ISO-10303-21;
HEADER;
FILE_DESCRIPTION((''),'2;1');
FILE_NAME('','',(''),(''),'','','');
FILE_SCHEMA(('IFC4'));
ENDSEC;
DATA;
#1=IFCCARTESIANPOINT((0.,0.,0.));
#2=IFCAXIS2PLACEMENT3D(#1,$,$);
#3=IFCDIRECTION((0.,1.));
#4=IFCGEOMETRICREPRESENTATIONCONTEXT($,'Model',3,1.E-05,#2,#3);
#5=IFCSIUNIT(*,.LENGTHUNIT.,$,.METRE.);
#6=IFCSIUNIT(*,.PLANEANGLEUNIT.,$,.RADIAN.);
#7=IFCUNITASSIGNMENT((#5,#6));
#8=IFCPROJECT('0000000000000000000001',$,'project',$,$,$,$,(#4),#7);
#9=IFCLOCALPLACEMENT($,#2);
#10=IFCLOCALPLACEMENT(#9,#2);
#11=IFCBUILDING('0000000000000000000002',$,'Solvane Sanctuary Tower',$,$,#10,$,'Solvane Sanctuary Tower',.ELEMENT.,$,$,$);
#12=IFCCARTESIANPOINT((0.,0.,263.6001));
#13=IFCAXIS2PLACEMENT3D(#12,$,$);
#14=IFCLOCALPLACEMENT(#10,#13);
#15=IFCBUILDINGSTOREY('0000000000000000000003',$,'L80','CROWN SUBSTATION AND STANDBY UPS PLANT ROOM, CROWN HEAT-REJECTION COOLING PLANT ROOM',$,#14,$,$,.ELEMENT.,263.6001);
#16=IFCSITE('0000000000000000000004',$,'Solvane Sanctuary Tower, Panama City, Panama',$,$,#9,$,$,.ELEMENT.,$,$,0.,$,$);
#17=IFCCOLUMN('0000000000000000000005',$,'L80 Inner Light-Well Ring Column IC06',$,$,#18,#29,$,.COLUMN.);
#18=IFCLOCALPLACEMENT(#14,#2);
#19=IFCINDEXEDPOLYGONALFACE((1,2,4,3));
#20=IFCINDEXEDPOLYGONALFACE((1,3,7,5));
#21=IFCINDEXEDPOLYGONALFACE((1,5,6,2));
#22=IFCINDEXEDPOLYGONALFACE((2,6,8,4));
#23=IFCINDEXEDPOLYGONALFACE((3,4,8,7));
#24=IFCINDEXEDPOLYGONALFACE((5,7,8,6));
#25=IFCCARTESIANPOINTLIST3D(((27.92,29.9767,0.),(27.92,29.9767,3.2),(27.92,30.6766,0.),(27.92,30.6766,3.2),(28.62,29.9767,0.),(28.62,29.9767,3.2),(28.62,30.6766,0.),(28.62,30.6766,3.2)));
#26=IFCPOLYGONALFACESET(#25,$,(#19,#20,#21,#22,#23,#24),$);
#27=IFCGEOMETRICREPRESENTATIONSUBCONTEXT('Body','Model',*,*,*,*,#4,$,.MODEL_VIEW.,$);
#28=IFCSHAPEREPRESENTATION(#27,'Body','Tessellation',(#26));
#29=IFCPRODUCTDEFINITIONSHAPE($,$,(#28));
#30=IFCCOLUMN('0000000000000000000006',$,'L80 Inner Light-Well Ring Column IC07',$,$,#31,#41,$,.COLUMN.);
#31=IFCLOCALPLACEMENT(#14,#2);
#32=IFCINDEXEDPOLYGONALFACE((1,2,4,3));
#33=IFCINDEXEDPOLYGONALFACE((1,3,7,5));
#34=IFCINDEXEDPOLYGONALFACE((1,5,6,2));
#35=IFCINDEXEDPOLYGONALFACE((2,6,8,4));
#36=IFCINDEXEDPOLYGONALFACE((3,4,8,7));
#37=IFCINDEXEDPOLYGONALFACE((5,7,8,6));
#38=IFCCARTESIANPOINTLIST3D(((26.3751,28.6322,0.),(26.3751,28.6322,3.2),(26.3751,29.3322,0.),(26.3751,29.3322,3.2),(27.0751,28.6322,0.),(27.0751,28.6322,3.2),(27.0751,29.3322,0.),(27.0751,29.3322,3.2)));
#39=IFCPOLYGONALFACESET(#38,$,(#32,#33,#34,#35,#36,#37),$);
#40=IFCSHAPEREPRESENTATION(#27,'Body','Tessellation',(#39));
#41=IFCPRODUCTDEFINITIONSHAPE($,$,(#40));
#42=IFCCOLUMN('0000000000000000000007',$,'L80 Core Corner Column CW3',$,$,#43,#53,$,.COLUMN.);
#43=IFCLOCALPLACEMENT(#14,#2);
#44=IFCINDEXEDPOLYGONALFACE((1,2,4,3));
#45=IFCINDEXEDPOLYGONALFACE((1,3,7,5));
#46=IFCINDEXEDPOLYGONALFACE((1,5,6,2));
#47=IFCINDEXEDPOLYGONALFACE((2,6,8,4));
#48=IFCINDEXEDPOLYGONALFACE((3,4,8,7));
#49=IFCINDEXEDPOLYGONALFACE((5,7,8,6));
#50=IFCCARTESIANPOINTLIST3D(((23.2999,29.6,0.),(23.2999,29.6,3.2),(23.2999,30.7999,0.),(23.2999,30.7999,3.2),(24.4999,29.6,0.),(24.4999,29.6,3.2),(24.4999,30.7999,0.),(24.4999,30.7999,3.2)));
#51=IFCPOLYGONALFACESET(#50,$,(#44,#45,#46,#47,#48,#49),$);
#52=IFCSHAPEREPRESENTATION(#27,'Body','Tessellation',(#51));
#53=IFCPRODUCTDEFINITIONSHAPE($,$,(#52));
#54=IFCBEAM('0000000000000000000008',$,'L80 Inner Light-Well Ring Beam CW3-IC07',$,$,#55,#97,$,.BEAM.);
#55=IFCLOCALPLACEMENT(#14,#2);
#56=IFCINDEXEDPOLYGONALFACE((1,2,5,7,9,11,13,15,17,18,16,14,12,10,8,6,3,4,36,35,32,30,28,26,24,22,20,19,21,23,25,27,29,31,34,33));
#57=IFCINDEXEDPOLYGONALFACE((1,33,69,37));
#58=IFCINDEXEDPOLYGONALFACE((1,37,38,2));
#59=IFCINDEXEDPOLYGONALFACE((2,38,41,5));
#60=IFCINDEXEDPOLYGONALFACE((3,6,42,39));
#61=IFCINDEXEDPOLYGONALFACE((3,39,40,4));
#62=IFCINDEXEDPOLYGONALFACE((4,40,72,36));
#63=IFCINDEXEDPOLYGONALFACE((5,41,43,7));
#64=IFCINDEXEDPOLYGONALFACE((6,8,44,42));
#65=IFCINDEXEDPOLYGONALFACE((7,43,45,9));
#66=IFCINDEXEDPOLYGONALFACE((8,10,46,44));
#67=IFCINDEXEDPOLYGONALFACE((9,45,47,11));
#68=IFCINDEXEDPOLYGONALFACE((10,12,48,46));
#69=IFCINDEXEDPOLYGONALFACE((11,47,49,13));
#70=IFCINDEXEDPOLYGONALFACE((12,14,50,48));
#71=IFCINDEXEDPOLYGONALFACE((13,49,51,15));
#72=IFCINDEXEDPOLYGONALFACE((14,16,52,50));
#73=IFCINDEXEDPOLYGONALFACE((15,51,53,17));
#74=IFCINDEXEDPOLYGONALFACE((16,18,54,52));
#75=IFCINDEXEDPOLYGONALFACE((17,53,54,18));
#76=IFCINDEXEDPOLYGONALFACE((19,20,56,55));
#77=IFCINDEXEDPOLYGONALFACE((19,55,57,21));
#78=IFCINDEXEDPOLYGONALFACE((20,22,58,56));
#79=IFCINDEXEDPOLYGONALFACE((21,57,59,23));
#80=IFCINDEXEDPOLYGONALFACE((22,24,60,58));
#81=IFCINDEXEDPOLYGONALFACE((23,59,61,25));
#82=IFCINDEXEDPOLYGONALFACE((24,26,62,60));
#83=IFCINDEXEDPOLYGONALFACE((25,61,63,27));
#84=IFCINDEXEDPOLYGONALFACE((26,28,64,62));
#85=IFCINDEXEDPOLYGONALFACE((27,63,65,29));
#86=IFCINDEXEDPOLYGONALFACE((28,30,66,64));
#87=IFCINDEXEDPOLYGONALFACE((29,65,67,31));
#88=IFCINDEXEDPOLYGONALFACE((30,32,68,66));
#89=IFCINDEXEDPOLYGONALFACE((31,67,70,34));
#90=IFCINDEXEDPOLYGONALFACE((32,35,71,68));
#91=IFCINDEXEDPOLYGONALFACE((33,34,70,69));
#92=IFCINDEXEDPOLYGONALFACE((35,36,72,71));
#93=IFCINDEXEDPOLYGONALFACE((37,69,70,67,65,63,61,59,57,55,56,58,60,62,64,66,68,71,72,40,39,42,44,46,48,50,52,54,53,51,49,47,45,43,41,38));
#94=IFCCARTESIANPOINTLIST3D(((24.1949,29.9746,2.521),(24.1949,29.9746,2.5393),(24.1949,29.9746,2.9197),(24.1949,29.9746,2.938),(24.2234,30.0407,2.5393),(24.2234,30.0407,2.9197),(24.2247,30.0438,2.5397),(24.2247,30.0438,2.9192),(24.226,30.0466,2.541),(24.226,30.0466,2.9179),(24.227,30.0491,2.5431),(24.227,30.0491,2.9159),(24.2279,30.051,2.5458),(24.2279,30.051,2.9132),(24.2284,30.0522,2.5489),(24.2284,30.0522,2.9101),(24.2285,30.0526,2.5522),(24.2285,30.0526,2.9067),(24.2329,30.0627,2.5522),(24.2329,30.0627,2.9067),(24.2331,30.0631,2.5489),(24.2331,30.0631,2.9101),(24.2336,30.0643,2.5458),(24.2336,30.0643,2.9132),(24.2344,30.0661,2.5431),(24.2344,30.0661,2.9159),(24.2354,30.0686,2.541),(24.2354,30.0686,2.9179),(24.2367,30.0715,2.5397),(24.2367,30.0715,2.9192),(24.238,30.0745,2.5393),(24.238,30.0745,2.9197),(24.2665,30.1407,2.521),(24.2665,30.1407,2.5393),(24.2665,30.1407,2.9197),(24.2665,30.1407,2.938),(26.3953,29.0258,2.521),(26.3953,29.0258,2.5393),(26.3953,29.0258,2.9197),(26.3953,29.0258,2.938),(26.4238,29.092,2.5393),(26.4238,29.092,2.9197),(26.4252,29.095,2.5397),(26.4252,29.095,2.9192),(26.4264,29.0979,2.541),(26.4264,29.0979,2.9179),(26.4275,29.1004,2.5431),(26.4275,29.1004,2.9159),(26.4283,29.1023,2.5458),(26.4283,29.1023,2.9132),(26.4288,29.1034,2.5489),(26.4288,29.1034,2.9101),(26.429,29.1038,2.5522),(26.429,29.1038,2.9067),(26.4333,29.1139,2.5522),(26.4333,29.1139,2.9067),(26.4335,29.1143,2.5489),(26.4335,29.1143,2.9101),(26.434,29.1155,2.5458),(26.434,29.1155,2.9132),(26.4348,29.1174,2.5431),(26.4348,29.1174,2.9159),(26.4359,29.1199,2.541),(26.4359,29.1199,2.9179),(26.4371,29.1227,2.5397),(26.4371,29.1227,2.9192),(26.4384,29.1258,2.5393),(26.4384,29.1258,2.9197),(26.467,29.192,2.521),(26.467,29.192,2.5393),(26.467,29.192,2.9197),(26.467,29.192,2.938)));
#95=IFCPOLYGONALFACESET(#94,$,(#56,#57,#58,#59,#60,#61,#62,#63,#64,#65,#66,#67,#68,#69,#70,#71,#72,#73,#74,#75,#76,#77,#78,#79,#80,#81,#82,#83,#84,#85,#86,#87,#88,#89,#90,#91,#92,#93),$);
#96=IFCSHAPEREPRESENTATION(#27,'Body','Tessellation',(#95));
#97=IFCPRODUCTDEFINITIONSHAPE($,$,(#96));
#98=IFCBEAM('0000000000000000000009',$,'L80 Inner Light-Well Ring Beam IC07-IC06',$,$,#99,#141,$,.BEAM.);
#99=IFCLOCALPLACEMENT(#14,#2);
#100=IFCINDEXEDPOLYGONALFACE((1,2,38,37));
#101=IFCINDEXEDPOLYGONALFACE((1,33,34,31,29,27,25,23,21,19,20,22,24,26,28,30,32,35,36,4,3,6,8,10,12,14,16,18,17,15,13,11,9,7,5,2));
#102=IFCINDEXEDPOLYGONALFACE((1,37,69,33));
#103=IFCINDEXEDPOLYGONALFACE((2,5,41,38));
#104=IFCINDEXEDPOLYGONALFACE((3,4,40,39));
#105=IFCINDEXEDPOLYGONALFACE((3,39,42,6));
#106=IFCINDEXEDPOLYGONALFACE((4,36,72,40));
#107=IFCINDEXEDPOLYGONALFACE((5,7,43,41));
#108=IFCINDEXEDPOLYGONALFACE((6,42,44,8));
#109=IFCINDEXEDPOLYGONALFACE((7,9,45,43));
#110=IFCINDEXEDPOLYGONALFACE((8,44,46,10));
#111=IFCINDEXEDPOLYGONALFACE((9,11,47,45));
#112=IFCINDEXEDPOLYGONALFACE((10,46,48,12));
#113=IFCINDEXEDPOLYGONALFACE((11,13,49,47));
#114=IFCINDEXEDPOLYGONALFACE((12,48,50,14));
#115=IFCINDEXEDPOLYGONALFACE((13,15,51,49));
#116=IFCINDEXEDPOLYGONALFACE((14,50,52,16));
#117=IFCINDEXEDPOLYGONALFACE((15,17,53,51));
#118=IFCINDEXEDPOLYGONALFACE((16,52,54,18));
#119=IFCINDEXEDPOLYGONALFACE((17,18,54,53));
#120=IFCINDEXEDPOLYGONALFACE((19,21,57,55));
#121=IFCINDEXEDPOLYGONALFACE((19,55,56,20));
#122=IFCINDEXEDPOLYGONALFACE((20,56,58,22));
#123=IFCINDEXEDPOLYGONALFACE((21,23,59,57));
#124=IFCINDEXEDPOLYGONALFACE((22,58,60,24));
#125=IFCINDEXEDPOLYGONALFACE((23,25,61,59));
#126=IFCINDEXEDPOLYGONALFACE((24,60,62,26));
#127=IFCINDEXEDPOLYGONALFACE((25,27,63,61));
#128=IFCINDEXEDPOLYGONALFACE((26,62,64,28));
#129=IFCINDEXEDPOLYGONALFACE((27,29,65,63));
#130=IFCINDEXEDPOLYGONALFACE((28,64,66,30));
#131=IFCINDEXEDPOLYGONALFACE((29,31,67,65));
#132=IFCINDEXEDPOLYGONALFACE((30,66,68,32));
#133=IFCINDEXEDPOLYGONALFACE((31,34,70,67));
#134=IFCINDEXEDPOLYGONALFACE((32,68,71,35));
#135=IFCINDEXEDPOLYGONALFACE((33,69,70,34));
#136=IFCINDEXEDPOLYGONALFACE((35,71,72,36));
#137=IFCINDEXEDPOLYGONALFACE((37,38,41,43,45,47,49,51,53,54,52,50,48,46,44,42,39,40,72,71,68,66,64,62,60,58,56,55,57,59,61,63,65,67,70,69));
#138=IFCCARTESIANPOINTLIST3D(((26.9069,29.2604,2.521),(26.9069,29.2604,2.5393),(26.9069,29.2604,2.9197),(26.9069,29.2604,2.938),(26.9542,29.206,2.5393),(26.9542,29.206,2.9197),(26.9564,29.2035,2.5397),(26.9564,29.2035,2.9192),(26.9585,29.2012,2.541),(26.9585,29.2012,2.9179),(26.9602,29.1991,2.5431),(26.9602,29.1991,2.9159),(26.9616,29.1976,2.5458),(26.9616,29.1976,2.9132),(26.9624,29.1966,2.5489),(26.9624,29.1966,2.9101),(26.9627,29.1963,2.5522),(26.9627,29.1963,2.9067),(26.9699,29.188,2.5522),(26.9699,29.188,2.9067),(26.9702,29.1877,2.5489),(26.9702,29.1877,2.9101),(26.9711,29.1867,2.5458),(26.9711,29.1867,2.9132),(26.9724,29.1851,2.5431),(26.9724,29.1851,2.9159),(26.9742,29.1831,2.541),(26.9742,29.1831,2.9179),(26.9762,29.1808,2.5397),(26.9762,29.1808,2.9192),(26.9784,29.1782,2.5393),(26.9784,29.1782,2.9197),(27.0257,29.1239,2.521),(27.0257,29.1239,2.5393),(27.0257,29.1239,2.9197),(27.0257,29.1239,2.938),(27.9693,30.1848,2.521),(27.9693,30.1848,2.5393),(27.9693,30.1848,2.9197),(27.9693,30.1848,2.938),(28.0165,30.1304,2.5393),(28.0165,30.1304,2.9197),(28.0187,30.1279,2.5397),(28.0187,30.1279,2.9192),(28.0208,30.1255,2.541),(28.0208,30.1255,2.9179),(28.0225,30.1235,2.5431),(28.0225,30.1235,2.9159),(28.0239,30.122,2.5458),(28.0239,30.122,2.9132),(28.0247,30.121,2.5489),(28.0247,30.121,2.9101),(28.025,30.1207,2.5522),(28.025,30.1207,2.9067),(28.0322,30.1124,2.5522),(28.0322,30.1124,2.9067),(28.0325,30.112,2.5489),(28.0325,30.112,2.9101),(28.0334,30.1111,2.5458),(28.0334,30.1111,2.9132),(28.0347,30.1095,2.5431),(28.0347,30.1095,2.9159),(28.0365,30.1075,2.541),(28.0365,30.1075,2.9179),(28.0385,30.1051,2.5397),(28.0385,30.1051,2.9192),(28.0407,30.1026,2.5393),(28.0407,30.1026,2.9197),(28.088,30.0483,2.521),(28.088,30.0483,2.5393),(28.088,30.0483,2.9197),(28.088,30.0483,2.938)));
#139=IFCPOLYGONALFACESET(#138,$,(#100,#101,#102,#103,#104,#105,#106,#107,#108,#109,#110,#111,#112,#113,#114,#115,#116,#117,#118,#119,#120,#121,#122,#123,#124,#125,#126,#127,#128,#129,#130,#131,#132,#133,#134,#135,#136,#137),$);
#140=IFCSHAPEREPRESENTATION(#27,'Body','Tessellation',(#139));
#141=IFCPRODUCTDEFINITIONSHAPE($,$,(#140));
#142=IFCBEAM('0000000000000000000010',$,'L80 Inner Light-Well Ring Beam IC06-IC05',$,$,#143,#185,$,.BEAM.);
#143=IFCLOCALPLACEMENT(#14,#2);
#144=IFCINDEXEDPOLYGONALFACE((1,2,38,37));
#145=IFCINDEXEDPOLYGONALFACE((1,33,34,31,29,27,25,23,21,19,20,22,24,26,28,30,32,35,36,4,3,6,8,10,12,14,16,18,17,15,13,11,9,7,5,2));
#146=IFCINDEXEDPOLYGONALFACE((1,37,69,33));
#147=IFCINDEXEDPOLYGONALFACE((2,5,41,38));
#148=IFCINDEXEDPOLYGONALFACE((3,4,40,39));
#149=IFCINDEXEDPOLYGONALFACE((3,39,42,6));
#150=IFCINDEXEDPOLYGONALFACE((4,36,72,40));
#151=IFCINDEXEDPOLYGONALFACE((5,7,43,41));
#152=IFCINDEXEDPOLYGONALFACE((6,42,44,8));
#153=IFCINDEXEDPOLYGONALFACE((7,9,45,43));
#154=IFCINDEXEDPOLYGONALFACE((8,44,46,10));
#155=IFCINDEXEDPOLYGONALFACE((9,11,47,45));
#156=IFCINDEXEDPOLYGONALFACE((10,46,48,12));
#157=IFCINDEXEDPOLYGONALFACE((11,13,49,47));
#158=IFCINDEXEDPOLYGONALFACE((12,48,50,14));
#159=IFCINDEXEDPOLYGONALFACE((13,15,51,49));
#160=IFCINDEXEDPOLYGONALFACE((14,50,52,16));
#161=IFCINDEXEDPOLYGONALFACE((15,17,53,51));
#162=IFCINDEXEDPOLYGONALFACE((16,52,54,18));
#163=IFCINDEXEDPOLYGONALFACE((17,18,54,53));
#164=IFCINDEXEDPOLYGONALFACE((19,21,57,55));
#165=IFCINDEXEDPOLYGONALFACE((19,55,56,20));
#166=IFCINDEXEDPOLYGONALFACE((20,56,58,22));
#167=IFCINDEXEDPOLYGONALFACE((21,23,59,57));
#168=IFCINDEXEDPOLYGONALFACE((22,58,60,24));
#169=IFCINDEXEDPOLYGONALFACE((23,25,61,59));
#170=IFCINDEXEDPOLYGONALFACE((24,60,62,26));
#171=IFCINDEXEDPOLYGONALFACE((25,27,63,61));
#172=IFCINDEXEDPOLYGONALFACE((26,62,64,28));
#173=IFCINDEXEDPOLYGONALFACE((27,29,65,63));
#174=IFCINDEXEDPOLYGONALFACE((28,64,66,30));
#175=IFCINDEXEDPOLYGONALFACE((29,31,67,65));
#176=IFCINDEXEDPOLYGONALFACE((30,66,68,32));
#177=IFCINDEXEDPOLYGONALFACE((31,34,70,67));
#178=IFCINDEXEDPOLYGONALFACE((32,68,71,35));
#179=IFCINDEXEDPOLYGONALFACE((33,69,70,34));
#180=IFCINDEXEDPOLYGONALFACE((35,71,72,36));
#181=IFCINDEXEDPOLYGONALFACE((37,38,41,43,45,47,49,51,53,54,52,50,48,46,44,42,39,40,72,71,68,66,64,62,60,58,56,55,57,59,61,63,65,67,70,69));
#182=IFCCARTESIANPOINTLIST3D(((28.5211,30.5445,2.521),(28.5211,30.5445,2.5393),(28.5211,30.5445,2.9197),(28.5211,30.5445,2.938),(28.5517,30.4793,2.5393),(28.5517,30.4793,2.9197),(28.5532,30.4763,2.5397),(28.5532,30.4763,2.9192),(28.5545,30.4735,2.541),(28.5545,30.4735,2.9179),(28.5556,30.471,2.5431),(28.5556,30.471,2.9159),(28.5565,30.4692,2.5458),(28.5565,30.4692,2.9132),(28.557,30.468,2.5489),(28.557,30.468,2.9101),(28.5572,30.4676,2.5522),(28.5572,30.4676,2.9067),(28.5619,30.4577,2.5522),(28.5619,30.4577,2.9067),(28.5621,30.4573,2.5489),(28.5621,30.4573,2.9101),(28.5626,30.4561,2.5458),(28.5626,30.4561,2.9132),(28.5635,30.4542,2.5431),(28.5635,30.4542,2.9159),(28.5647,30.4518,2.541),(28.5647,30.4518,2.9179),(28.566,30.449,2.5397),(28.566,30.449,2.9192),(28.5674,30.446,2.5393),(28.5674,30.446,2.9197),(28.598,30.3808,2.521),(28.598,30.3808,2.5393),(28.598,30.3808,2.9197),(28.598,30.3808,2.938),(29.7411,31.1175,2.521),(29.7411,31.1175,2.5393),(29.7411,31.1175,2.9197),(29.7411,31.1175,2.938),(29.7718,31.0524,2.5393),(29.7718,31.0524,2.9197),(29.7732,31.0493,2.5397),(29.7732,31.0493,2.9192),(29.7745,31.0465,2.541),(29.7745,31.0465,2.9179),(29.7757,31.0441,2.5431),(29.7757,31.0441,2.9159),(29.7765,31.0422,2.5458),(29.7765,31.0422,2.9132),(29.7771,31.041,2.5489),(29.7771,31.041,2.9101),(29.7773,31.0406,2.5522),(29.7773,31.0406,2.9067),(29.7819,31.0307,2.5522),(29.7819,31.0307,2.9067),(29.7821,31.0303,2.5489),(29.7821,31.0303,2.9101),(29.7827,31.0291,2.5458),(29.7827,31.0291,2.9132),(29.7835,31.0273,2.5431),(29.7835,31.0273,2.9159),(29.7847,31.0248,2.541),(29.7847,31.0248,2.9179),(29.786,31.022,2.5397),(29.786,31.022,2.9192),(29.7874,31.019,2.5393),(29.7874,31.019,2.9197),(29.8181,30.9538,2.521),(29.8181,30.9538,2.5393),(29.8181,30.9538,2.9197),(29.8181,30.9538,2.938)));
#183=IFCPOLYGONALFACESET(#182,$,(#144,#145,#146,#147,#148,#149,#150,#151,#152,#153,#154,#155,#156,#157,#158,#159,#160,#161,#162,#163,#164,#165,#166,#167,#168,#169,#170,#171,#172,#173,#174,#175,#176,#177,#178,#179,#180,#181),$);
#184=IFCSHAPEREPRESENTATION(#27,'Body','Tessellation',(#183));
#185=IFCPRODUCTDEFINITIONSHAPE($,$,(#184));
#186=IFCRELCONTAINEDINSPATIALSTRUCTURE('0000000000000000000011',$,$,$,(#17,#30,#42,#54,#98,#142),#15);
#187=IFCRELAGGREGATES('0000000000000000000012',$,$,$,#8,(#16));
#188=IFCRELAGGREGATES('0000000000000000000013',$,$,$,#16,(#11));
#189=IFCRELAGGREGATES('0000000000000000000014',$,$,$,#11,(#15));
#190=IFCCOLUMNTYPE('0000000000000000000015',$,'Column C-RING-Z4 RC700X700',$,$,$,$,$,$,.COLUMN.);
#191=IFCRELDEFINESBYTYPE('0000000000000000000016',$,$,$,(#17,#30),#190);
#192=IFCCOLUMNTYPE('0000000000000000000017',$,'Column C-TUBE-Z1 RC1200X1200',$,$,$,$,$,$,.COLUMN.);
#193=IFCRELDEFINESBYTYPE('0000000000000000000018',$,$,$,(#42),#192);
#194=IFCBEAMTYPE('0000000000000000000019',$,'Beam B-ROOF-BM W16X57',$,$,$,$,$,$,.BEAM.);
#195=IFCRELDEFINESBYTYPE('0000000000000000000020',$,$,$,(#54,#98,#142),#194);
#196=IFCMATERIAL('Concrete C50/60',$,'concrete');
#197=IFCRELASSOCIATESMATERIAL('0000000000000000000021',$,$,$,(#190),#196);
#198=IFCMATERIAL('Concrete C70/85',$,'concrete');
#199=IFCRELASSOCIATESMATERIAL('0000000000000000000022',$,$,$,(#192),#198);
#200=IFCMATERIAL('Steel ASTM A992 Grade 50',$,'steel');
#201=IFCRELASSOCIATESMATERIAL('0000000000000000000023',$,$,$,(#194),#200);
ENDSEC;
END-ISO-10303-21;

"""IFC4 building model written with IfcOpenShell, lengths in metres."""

from ifc_helpers import new_model, si_unit, direction, frame, origin, origin_2d, place, context, subcontext, project, spatial, rectangle, i_section, extrude, material, material_profile, profile_set, type_object, element, save


model = new_model("IFC4")

# Units and contexts
model_context = context("Model", 3, precision=1e-05, world=origin(), true_north=direction((0.0, 1.0)))
body_context = subcontext(model_context, "Body", "Model", "MODEL_VIEW")
ifc_project = project(units=[si_unit("LENGTHUNIT", "METRE"), si_unit("PLANEANGLEUNIT", "RADIAN")], contexts=[model_context])

# Site, building, storey
site_placement = place(None, origin())
site = spatial("IfcSite", under=ifc_project, at=site_placement, Name="Solvane Sanctuary Tower, Panama City, Panama", CompositionType="ELEMENT", RefElevation=0.0)
building_placement = place(site_placement, origin())
building = spatial("IfcBuilding", under=site, at=building_placement, Name="Solvane Sanctuary Tower", LongName="Solvane Sanctuary Tower", CompositionType="ELEMENT")
storey_placement = place(building_placement, frame((0.0, 0.0, 263.6001)))
storey = spatial("IfcBuildingStorey", under=building, at=storey_placement, Name="L80", Description="CROWN SUBSTATION AND STANDBY UPS PLANT ROOM, CROWN HEAT-REJECTION COOLING PLANT ROOM", CompositionType="ELEMENT", Elevation=263.6001)

# Columns
ifc_material_1 = material(Name="Concrete C50/60", Category="concrete")
ifc_material_profile_1 = material_profile(ifc_material_1, rectangle(XDim=0.7, YDim=0.7, at=origin_2d()), Name="RC700X700")
ifc_profile_set_1 = profile_set([ifc_material_profile_1], Name="Concrete C50/60")
column_type_1 = type_object("IfcColumnType", Name="Column C-RING-Z4 RC700X700", PredefinedType="COLUMN", material=ifc_profile_set_1)
for number, where, z_axis, x_axis, name in (
    (1, (28.27, 30.3267, 0.0), (0.0, 0.0, 1.0), (1.0, 0.0, 0.0), "L80 Inner Light-Well Ring Column IC06"),
    (2, (26.7251, 28.9822, 0.0), (0.0, 0.0, 1.0), (1.0, 0.0, 0.0), "L80 Inner Light-Well Ring Column IC07"),
):
    element("IfcColumn", number, at=place(storey_placement, frame(where, z_axis=z_axis, x_axis=x_axis)), inside=storey, type_object=column_type_1, Name=name, PredefinedType="COLUMN", context=body_context, shape_type="SweptSolid", body=[
        extrude(rectangle(XDim=0.7, YDim=0.7, at=origin_2d()), origin(), (0.0, 0.0, 1.0), 3.2),
    ])
ifc_material_2 = material(Name="Concrete C70/85", Category="concrete")
ifc_material_profile_2 = material_profile(ifc_material_2, rectangle(XDim=1.2, YDim=1.2, at=origin_2d()), Name="RC1200X1200")
ifc_profile_set_2 = profile_set([ifc_material_profile_2], Name="Concrete C70/85")
column_type_2 = type_object("IfcColumnType", Name="Column C-TUBE-Z1 RC1200X1200", PredefinedType="COLUMN", material=ifc_profile_set_2)
column_placement = place(storey_placement, frame((23.8999, 30.2, 0.0), z_axis=(0.0, 0.0, 1.0), x_axis=(1.0, 0.0, 0.0)))
element("IfcColumn", 3, at=column_placement, inside=storey, type_object=column_type_2, Name="L80 Core Corner Column CW3", PredefinedType="COLUMN", context=body_context, shape_type="SweptSolid", body=[
    extrude(rectangle(XDim=1.2, YDim=1.2, at=origin_2d()), origin(), (0.0, 0.0, 1.0), 3.2),
])

# Beams
ifc_material_3 = material(Name="Steel ASTM A992 Grade 50", Category="steel")
ifc_material_profile_3 = material_profile(ifc_material_3, i_section(OverallWidth=0.1809, OverallDepth=0.417, WebThickness=0.011, FlangeThickness=0.0183, FilletRadius=0.0129, at=origin_2d()), Name="W16X57")
ifc_profile_set_3 = profile_set([ifc_material_profile_3], Name="Steel ASTM A992 Grade 50")
beam_type_1 = type_object("IfcBeamType", Name="Beam B-ROOF-BM W16X57", PredefinedType="BEAM", material=ifc_profile_set_3)
beam_1_placement = place(storey_placement, frame((24.2307, 30.0576, 2.7295), z_axis=(0.918284, -0.395923, 0.0), x_axis=(0.395923, 0.918284, 0.0)))
element("IfcBeam", 4, at=beam_1_placement, inside=storey, type_object=beam_type_1, Name="L80 Inner Light-Well Ring Beam CW3-IC07", PredefinedType="BEAM", context=body_context, shape_type="SweptSolid", body=[
    extrude(i_section(OverallWidth=0.1809, OverallDepth=0.417, WebThickness=0.011, FlangeThickness=0.0183, FilletRadius=0.0129, at=origin_2d()), origin(), (0.0, 0.0, 1.0), 2.3962),
])
beam_2_placement = place(storey_placement, frame((26.9663, 29.1921, 2.7295), z_axis=(0.754389, 0.656428, 0.0), x_axis=(-0.656428, 0.754389, 0.0)))
element("IfcBeam", 5, at=beam_2_placement, inside=storey, type_object=beam_type_1, Name="L80 Inner Light-Well Ring Beam IC07-IC06", PredefinedType="BEAM", context=body_context, shape_type="SweptSolid", body=[
    extrude(i_section(OverallWidth=0.1809, OverallDepth=0.417, WebThickness=0.011, FlangeThickness=0.0183, FilletRadius=0.0129, at=origin_2d()), origin(), (0.0, 0.0, 1.0), 1.4082),
])
beam_3_placement = place(storey_placement, frame((28.5596, 30.4626, 2.7295), z_axis=(0.905135, 0.425125, 0.0), x_axis=(-0.425125, 0.905135, 0.0)))
element("IfcBeam", 6, at=beam_3_placement, inside=storey, type_object=beam_type_1, Name="L80 Inner Light-Well Ring Beam IC06-IC05", PredefinedType="BEAM", context=body_context, shape_type="SweptSolid", body=[
    extrude(i_section(OverallWidth=0.1809, OverallDepth=0.417, WebThickness=0.011, FlangeThickness=0.0183, FilletRadius=0.0129, at=origin_2d()), origin(), (0.0, 0.0, 1.0), 1.3479),
])

save(model, "model.ifc")
